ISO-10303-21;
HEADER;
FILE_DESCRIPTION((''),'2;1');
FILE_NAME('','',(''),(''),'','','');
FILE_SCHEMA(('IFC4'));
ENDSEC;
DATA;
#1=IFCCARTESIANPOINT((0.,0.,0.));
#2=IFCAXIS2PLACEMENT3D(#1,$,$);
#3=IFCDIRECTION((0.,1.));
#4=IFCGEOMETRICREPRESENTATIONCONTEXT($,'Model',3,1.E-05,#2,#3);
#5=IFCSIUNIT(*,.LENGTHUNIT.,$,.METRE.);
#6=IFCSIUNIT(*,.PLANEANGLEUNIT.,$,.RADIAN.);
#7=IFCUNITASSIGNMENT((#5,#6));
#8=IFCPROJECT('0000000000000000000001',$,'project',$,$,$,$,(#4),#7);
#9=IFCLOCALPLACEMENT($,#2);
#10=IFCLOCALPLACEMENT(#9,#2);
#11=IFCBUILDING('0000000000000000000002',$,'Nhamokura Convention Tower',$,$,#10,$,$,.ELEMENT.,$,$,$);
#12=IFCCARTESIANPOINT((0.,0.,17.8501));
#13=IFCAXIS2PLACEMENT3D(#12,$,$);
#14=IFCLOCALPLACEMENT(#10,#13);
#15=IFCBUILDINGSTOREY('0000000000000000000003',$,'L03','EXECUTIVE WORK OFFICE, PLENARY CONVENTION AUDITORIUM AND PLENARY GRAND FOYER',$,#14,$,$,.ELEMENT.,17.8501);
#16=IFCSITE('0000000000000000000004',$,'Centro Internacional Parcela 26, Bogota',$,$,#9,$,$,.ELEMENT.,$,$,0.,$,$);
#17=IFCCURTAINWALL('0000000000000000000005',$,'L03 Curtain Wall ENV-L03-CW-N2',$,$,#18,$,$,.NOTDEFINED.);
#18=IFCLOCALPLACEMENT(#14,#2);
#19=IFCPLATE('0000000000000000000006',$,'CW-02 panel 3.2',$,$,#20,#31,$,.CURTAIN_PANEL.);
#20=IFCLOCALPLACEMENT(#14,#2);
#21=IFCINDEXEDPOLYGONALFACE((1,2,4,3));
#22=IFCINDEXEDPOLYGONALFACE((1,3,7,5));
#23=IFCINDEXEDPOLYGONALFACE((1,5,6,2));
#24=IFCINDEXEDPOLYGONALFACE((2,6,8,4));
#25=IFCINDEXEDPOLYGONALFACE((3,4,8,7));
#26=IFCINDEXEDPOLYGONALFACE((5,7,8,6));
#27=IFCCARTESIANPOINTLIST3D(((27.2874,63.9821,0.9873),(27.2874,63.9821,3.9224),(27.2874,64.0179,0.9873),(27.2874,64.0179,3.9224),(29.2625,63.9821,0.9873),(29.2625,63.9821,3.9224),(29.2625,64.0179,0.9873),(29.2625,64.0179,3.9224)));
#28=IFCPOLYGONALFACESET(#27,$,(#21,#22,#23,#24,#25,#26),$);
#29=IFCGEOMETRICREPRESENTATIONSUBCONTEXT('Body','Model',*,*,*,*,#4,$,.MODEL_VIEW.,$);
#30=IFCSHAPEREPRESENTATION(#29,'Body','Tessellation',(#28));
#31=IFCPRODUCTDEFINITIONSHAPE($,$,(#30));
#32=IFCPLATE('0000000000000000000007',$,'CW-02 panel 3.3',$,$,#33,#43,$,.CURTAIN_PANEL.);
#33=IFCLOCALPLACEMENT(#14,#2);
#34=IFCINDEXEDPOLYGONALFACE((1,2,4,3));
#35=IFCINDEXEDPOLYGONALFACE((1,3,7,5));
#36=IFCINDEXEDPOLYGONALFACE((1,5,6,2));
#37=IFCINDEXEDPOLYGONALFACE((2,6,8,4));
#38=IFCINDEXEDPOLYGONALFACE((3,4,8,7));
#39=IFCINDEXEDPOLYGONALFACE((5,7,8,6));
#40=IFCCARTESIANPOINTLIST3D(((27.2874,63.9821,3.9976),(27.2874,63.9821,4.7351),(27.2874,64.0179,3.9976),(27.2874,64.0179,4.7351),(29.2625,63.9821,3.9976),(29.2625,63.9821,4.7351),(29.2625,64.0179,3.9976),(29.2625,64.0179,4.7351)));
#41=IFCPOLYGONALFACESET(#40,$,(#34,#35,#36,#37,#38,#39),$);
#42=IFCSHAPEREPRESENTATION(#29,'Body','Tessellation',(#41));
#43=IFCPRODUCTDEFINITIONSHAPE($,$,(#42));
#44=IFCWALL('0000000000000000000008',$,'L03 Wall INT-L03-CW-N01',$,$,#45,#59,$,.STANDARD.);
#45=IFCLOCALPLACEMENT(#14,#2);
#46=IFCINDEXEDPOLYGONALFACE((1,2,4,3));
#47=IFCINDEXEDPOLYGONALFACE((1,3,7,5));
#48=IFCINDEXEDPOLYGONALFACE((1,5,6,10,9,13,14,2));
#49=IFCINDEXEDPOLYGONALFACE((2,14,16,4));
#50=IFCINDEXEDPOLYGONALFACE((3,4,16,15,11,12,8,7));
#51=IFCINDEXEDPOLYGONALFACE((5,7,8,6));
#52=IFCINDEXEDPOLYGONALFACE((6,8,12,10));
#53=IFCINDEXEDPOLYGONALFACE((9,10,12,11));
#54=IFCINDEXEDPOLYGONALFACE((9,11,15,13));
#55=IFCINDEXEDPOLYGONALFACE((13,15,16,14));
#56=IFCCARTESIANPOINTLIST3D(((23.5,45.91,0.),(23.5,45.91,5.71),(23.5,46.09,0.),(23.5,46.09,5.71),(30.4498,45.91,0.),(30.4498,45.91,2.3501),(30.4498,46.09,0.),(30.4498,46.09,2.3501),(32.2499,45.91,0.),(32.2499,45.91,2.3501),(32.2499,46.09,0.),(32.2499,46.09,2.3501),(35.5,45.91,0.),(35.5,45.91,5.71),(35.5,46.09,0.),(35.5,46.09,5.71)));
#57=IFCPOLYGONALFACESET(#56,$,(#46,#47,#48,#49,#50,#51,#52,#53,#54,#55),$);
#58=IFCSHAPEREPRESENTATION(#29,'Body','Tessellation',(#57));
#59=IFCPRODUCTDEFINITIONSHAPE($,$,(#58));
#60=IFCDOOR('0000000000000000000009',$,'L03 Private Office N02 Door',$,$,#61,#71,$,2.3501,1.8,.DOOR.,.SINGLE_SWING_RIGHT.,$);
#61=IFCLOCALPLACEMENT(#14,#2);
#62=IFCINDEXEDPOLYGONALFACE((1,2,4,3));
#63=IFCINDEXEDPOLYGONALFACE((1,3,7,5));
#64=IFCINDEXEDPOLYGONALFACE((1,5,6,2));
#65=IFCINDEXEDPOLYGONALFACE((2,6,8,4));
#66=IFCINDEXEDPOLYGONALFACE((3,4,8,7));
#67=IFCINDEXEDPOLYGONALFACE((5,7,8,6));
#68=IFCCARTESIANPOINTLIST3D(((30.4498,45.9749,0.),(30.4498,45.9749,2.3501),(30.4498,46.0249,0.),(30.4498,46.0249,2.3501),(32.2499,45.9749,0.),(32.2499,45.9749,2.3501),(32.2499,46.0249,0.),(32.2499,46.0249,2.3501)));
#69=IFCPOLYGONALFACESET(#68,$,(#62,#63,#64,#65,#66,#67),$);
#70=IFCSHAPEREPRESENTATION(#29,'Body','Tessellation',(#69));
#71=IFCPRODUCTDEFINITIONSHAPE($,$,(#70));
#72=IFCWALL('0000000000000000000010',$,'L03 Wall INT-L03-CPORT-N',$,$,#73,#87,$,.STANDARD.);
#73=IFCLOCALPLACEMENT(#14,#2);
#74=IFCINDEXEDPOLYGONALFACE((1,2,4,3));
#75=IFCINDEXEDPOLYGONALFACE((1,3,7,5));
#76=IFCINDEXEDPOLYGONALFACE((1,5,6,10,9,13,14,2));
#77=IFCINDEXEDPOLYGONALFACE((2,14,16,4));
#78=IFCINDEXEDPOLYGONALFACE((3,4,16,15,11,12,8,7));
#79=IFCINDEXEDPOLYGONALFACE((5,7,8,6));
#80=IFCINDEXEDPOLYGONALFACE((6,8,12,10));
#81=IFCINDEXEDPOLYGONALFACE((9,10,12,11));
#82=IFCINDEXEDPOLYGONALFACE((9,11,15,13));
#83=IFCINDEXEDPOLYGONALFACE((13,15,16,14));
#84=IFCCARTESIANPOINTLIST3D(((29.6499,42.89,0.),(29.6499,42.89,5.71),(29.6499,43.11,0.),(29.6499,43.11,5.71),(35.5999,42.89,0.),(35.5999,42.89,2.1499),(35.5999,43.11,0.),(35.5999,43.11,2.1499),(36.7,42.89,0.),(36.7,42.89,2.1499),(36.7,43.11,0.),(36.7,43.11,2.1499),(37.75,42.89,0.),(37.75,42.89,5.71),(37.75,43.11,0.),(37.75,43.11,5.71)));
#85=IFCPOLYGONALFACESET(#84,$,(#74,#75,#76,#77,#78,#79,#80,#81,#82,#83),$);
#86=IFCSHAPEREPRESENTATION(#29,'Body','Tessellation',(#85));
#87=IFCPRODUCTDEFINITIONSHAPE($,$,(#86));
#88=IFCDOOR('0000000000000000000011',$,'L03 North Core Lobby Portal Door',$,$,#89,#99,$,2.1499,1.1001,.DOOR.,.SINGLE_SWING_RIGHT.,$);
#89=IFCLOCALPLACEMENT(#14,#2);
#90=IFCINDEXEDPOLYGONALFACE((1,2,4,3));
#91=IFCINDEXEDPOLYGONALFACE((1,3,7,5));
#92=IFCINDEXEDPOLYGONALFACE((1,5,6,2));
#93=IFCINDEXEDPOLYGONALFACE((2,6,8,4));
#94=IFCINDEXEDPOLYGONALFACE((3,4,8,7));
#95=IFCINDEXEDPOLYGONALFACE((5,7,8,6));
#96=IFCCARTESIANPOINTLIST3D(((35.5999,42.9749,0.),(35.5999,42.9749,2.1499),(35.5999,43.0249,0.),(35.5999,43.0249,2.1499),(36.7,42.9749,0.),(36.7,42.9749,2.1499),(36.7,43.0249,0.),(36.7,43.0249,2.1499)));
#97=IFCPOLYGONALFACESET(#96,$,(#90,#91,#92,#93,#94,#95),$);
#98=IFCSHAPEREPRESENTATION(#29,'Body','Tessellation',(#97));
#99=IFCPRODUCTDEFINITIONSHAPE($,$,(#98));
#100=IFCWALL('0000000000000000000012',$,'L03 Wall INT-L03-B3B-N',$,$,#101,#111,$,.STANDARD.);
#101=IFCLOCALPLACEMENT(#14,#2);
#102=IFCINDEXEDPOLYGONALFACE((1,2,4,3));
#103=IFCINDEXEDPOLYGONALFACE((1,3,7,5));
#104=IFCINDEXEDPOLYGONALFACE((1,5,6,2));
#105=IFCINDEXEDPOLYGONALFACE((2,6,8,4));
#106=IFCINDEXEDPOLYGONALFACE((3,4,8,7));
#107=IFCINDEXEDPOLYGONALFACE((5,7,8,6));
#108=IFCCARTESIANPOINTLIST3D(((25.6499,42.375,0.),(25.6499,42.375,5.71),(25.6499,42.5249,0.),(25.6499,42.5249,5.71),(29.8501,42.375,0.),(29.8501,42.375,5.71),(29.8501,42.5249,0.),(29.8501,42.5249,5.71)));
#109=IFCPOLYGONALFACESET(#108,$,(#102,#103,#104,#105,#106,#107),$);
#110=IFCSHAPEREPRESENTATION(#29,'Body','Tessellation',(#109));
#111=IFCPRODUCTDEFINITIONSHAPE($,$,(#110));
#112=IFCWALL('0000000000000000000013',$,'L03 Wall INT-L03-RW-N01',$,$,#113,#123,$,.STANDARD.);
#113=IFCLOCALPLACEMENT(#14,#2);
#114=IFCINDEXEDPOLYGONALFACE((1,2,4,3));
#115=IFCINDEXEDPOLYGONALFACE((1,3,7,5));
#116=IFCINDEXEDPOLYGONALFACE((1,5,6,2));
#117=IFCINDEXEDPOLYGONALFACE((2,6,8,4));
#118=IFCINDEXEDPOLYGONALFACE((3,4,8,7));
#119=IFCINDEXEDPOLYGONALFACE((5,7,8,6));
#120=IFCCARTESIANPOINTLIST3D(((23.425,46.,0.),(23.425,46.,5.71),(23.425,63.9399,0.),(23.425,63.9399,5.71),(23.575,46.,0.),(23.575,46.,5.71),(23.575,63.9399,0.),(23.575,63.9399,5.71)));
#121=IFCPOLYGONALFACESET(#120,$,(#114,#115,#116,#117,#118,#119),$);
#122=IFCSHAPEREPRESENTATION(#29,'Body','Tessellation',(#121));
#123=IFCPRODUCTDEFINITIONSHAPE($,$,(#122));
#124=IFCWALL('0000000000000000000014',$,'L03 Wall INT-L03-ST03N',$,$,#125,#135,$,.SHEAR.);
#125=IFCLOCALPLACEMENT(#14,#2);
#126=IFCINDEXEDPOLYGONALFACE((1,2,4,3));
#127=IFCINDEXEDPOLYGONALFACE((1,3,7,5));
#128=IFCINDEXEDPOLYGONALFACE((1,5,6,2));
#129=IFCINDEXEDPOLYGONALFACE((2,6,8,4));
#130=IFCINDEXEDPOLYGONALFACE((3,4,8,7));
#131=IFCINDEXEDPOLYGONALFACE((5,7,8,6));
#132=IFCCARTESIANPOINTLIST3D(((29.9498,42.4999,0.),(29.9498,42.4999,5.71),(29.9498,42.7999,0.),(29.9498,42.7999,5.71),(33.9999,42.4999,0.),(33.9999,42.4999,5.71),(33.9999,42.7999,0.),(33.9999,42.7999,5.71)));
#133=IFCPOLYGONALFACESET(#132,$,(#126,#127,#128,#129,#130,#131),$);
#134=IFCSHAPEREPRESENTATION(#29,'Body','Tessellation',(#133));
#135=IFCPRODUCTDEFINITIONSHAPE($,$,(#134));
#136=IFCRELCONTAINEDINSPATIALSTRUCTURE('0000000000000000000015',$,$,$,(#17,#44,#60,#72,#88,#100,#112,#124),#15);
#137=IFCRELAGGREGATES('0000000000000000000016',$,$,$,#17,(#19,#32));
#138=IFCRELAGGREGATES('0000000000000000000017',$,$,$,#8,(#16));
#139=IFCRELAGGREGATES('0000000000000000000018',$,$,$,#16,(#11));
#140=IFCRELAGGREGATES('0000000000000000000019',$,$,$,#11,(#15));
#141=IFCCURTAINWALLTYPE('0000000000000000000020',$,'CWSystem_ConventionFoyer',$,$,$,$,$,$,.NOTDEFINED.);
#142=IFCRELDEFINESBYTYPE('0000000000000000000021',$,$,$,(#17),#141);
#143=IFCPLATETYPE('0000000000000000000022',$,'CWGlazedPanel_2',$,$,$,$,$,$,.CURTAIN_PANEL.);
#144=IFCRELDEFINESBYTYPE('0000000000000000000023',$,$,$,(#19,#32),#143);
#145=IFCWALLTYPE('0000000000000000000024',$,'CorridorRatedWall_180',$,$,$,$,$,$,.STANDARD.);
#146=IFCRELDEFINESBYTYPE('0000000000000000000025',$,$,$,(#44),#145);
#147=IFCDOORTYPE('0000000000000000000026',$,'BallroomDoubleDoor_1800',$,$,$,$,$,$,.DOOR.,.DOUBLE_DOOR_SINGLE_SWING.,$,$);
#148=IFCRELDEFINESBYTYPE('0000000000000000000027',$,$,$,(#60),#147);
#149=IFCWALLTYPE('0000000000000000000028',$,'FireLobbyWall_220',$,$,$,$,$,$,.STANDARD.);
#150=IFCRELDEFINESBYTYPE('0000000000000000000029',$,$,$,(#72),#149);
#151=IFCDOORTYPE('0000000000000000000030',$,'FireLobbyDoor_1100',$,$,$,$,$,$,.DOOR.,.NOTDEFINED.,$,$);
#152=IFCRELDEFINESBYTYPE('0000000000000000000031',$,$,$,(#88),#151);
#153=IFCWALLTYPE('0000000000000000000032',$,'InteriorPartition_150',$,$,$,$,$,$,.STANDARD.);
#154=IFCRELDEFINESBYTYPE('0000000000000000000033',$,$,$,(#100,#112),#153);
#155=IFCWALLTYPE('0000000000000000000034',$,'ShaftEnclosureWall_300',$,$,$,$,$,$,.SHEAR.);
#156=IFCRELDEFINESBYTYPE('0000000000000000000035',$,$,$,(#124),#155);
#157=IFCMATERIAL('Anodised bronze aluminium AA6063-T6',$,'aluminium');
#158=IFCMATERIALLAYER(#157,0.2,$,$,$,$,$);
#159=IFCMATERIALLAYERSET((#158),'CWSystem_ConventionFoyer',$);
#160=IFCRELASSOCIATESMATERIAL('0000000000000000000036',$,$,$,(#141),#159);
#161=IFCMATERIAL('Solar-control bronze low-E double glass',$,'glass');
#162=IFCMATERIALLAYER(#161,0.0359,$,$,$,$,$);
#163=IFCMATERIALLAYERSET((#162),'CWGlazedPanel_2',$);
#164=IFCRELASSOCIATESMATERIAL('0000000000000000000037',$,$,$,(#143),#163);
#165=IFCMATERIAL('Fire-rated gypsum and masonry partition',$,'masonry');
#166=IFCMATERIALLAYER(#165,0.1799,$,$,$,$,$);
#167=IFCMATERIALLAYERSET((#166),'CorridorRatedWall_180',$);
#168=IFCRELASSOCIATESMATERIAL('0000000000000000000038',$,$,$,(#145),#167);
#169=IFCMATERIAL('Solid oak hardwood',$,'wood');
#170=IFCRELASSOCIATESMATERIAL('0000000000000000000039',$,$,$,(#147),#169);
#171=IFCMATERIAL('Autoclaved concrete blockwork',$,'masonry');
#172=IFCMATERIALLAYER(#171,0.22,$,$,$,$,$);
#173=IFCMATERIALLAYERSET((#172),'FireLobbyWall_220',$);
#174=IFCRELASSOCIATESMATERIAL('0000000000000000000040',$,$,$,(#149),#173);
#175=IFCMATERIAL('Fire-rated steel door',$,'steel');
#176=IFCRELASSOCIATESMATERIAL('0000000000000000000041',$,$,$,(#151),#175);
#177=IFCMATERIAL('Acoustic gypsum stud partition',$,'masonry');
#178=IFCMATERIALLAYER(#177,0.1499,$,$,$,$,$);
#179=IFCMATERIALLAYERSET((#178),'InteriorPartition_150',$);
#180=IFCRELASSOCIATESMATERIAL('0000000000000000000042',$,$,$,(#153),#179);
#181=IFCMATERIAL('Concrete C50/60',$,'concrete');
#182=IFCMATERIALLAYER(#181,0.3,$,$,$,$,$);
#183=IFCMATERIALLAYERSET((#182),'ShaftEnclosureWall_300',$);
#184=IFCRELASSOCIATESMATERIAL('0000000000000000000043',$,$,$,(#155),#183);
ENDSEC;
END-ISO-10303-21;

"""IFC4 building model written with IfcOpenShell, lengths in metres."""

from ifc_helpers import new_model, si_unit, direction, frame, frame_2d, origin, origin_2d, place, context, subcontext, project, spatial, rectangle, extrude, material, layer, layer_set, type_object, element, fill, aggregate, save


model = new_model("IFC4")

# Units and contexts
model_context = context("Model", 3, precision=1e-05, world=origin(), true_north=direction((0.0, 1.0)))
body_context = subcontext(model_context, "Body", "Model", "MODEL_VIEW")
ifc_project = project(units=[si_unit("LENGTHUNIT", "METRE"), si_unit("PLANEANGLEUNIT", "RADIAN")], contexts=[model_context])

# Site, building, storey
site_placement = place(None, origin())
site = spatial("IfcSite", under=ifc_project, at=site_placement, Name="Centro Internacional Parcela 26, Bogota", CompositionType="ELEMENT", RefElevation=0.0)
building_placement = place(site_placement, origin())
building = spatial("IfcBuilding", under=site, at=building_placement, Name="Nhamokura Convention Tower", CompositionType="ELEMENT")
storey_placement = place(building_placement, frame((0.0, 0.0, 17.8501)))
storey = spatial("IfcBuildingStorey", under=building, at=storey_placement, Name="L03", Description="EXECUTIVE WORK OFFICE, PLENARY CONVENTION AUDITORIUM AND PLENARY GRAND FOYER", CompositionType="ELEMENT", Elevation=17.8501)

# Curtain wall
ifc_material_1 = material(Name="Anodised bronze aluminium AA6063-T6", Category="aluminium")
ifc_layer_1 = layer(ifc_material_1, 0.2)
ifc_layer_set_1 = layer_set([ifc_layer_1], Name="CWSystem_ConventionFoyer")
curtain_wall_type = type_object("IfcCurtainWallType", Name="CWSystem_ConventionFoyer", PredefinedType="NOTDEFINED", material=ifc_layer_set_1)
curtain_wall_placement = place(storey_placement, origin())
curtain_wall = element("IfcCurtainWall", 1, at=curtain_wall_placement, inside=storey, type_object=curtain_wall_type, Name="L03 Curtain Wall ENV-L03-CW-N2", PredefinedType="NOTDEFINED")

# Plates
ifc_material_2 = material(Name="Solar-control bronze low-E double glass", Category="glass")
ifc_layer_2 = layer(ifc_material_2, 0.0359)
ifc_layer_set_2 = layer_set([ifc_layer_2], Name="CWGlazedPanel_2")
plate_type = type_object("IfcPlateType", Name="CWGlazedPanel_2", PredefinedType="CURTAIN_PANEL", material=ifc_layer_set_2)
plate_1_placement = place(storey_placement, frame((28.2749, 64.0, 0.9873), z_axis=(0.0, 0.0, 1.0), x_axis=(1.0, 0.0, 0.0)))
plate_1 = element("IfcPlate", 2, at=plate_1_placement, type_object=plate_type, Name="CW-02 panel 3.2", PredefinedType="CURTAIN_PANEL", context=body_context, shape_type="SweptSolid", body=[
    extrude(rectangle(XDim=1.9751, YDim=0.0359, at=origin_2d()), origin(), (0.0, 0.0, 1.0), 2.9351),
])
plate_2_placement = place(storey_placement, frame((28.2749, 64.0, 3.9976), z_axis=(0.0, 0.0, 1.0), x_axis=(1.0, 0.0, 0.0)))
plate_2 = element("IfcPlate", 3, at=plate_2_placement, type_object=plate_type, Name="CW-02 panel 3.3", PredefinedType="CURTAIN_PANEL", context=body_context, shape_type="SweptSolid", body=[
    extrude(rectangle(XDim=1.9751, YDim=0.0359, at=origin_2d()), origin(), (0.0, 0.0, 1.0), 0.7375),
])
aggregate(curtain_wall, [plate_1, plate_2])

# Walls, openings, doors
ifc_material_3 = material(Name="Fire-rated gypsum and masonry partition", Category="masonry")
ifc_layer_3 = layer(ifc_material_3, 0.1799)
ifc_layer_set_3 = layer_set([ifc_layer_3], Name="CorridorRatedWall_180")
wall_type_1 = type_object("IfcWallType", Name="CorridorRatedWall_180", PredefinedType="STANDARD", material=ifc_layer_set_3)
wall_1_placement = place(storey_placement, frame((23.5, 46.0, 0.0), z_axis=(0.0, 0.0, 1.0), x_axis=(1.0, 0.0, 0.0)))
wall_1 = element("IfcWall", 4, at=wall_1_placement, inside=storey, type_object=wall_type_1, Name="L03 Wall INT-L03-CW-N01", PredefinedType="STANDARD", context=body_context, shape_type="SweptSolid", body=[
    extrude(rectangle(XDim=12.0, YDim=0.1799, at=frame_2d((6.0, 0.0))), origin(), (0.0, 0.0, 1.0), 5.71),
])
opening_1_placement = place(wall_1_placement, frame((6.95, 0.0, 0.0)))
opening_1 = element("IfcOpeningElement", 5, at=opening_1_placement, cuts=wall_1, PredefinedType="OPENING", context=body_context, shape_type="SweptSolid", body=[
    extrude(rectangle(XDim=1.8, YDim=2.3501, at=frame_2d((0.8999, 1.175))), frame((0.0, 0.0999, 0.0), z_axis=(0.0, -1.0, 0.0), x_axis=(1.0, 0.0, 0.0)), (0.0, 0.0, 1.0), 0.2),
])
ifc_material_4 = material(Name="Solid oak hardwood", Category="wood")
door_type_1 = type_object("IfcDoorType", Name="BallroomDoubleDoor_1800", OperationType="DOUBLE_DOOR_SINGLE_SWING", PredefinedType="DOOR", material=ifc_material_4)
door_1_placement = place(opening_1_placement, origin())
door_1 = element("IfcDoor", 6, at=door_1_placement, inside=storey, type_object=door_type_1, Name="L03 Private Office N02 Door", OperationType="SINGLE_SWING_RIGHT", OverallHeight=2.3501, OverallWidth=1.8, PredefinedType="DOOR", context=body_context, shape_type="SweptSolid", body=[
    extrude(rectangle(XDim=1.8, YDim=2.3501, at=frame_2d((0.8999, 1.175))), frame((0.0, 0.0249, 0.0), z_axis=(0.0, -1.0, 0.0), x_axis=(1.0, 0.0, 0.0)), (0.0, 0.0, 1.0), 0.05),
])
fill(opening_1, door_1)
ifc_material_5 = material(Name="Autoclaved concrete blockwork", Category="masonry")
ifc_layer_4 = layer(ifc_material_5, 0.22)
ifc_layer_set_4 = layer_set([ifc_layer_4], Name="FireLobbyWall_220")
wall_type_2 = type_object("IfcWallType", Name="FireLobbyWall_220", PredefinedType="STANDARD", material=ifc_layer_set_4)
wall_2_placement = place(storey_placement, frame((29.6499, 43.0, 0.0), z_axis=(0.0, 0.0, 1.0), x_axis=(1.0, 0.0, 0.0)))
wall_2 = element("IfcWall", 7, at=wall_2_placement, inside=storey, type_object=wall_type_2, Name="L03 Wall INT-L03-CPORT-N", PredefinedType="STANDARD", context=body_context, shape_type="SweptSolid", body=[
    extrude(rectangle(XDim=8.1001, YDim=0.22, at=frame_2d((4.05, 0.0))), origin(), (0.0, 0.0, 1.0), 5.71),
])
opening_2_placement = place(wall_2_placement, frame((5.95, 0.0, 0.0)))
opening_2 = element("IfcOpeningElement", 8, at=opening_2_placement, cuts=wall_2, PredefinedType="OPENING", context=body_context, shape_type="SweptSolid", body=[
    extrude(rectangle(XDim=1.1001, YDim=2.1499, at=frame_2d((0.55, 1.075))), frame((0.0, 0.1199, 0.0), z_axis=(0.0, -1.0, 0.0), x_axis=(1.0, 0.0, 0.0)), (0.0, 0.0, 1.0), 0.24),
])
ifc_material_6 = material(Name="Fire-rated steel door", Category="steel")
door_type_2 = type_object("IfcDoorType", Name="FireLobbyDoor_1100", OperationType="NOTDEFINED", PredefinedType="DOOR", material=ifc_material_6)
door_2_placement = place(opening_2_placement, origin())
door_2 = element("IfcDoor", 9, at=door_2_placement, inside=storey, type_object=door_type_2, Name="L03 North Core Lobby Portal Door", OperationType="SINGLE_SWING_RIGHT", OverallHeight=2.1499, OverallWidth=1.1001, PredefinedType="DOOR", context=body_context, shape_type="SweptSolid", body=[
    extrude(rectangle(XDim=1.1001, YDim=2.1499, at=frame_2d((0.55, 1.075))), frame((0.0, 0.0249, 0.0), z_axis=(0.0, -1.0, 0.0), x_axis=(1.0, 0.0, 0.0)), (0.0, 0.0, 1.0), 0.05),
])
fill(opening_2, door_2)

# Walls
ifc_material_7 = material(Name="Acoustic gypsum stud partition", Category="masonry")
ifc_layer_5 = layer(ifc_material_7, 0.1499)
ifc_layer_set_5 = layer_set([ifc_layer_5], Name="InteriorPartition_150")
wall_type_3 = type_object("IfcWallType", Name="InteriorPartition_150", PredefinedType="STANDARD", material=ifc_layer_set_5)
wall_3_placement = place(storey_placement, frame((25.6499, 42.45, 0.0), z_axis=(0.0, 0.0, 1.0), x_axis=(1.0, 0.0, 0.0)))
element("IfcWall", 10, at=wall_3_placement, inside=storey, type_object=wall_type_3, Name="L03 Wall INT-L03-B3B-N", PredefinedType="STANDARD", context=body_context, shape_type="SweptSolid", body=[
    extrude(rectangle(XDim=4.2002, YDim=0.1499, at=frame_2d((2.1001, 0.0))), origin(), (0.0, 0.0, 1.0), 5.71),
])
wall_4_placement = place(storey_placement, frame((23.5, 46.0, 0.0), z_axis=(0.0, 0.0, 1.0), x_axis=(0.0, 1.0, 0.0)))
element("IfcWall", 11, at=wall_4_placement, inside=storey, type_object=wall_type_3, Name="L03 Wall INT-L03-RW-N01", PredefinedType="STANDARD", context=body_context, shape_type="SweptSolid", body=[
    extrude(rectangle(XDim=17.9399, YDim=0.1499, at=frame_2d((8.97, 0.0))), origin(), (0.0, 0.0, 1.0), 5.71),
])
ifc_material_8 = material(Name="Concrete C50/60", Category="concrete")
ifc_layer_6 = layer(ifc_material_8, 0.3)
ifc_layer_set_6 = layer_set([ifc_layer_6], Name="ShaftEnclosureWall_300")
wall_type_4 = type_object("IfcWallType", Name="ShaftEnclosureWall_300", PredefinedType="SHEAR", material=ifc_layer_set_6)
wall_5_placement = place(storey_placement, frame((29.95, 42.6499, 0.0), z_axis=(0.0, 0.0, 1.0), x_axis=(1.0, 0.0, 0.0)))
element("IfcWall", 12, at=wall_5_placement, inside=storey, type_object=wall_type_4, Name="L03 Wall INT-L03-ST03N", PredefinedType="SHEAR", context=body_context, shape_type="SweptSolid", body=[
    extrude(rectangle(XDim=4.05, YDim=0.3, at=frame_2d((2.0249, 0.0))), origin(), (0.0, 0.0, 1.0), 5.71),
])

save(model, "model.ifc")
